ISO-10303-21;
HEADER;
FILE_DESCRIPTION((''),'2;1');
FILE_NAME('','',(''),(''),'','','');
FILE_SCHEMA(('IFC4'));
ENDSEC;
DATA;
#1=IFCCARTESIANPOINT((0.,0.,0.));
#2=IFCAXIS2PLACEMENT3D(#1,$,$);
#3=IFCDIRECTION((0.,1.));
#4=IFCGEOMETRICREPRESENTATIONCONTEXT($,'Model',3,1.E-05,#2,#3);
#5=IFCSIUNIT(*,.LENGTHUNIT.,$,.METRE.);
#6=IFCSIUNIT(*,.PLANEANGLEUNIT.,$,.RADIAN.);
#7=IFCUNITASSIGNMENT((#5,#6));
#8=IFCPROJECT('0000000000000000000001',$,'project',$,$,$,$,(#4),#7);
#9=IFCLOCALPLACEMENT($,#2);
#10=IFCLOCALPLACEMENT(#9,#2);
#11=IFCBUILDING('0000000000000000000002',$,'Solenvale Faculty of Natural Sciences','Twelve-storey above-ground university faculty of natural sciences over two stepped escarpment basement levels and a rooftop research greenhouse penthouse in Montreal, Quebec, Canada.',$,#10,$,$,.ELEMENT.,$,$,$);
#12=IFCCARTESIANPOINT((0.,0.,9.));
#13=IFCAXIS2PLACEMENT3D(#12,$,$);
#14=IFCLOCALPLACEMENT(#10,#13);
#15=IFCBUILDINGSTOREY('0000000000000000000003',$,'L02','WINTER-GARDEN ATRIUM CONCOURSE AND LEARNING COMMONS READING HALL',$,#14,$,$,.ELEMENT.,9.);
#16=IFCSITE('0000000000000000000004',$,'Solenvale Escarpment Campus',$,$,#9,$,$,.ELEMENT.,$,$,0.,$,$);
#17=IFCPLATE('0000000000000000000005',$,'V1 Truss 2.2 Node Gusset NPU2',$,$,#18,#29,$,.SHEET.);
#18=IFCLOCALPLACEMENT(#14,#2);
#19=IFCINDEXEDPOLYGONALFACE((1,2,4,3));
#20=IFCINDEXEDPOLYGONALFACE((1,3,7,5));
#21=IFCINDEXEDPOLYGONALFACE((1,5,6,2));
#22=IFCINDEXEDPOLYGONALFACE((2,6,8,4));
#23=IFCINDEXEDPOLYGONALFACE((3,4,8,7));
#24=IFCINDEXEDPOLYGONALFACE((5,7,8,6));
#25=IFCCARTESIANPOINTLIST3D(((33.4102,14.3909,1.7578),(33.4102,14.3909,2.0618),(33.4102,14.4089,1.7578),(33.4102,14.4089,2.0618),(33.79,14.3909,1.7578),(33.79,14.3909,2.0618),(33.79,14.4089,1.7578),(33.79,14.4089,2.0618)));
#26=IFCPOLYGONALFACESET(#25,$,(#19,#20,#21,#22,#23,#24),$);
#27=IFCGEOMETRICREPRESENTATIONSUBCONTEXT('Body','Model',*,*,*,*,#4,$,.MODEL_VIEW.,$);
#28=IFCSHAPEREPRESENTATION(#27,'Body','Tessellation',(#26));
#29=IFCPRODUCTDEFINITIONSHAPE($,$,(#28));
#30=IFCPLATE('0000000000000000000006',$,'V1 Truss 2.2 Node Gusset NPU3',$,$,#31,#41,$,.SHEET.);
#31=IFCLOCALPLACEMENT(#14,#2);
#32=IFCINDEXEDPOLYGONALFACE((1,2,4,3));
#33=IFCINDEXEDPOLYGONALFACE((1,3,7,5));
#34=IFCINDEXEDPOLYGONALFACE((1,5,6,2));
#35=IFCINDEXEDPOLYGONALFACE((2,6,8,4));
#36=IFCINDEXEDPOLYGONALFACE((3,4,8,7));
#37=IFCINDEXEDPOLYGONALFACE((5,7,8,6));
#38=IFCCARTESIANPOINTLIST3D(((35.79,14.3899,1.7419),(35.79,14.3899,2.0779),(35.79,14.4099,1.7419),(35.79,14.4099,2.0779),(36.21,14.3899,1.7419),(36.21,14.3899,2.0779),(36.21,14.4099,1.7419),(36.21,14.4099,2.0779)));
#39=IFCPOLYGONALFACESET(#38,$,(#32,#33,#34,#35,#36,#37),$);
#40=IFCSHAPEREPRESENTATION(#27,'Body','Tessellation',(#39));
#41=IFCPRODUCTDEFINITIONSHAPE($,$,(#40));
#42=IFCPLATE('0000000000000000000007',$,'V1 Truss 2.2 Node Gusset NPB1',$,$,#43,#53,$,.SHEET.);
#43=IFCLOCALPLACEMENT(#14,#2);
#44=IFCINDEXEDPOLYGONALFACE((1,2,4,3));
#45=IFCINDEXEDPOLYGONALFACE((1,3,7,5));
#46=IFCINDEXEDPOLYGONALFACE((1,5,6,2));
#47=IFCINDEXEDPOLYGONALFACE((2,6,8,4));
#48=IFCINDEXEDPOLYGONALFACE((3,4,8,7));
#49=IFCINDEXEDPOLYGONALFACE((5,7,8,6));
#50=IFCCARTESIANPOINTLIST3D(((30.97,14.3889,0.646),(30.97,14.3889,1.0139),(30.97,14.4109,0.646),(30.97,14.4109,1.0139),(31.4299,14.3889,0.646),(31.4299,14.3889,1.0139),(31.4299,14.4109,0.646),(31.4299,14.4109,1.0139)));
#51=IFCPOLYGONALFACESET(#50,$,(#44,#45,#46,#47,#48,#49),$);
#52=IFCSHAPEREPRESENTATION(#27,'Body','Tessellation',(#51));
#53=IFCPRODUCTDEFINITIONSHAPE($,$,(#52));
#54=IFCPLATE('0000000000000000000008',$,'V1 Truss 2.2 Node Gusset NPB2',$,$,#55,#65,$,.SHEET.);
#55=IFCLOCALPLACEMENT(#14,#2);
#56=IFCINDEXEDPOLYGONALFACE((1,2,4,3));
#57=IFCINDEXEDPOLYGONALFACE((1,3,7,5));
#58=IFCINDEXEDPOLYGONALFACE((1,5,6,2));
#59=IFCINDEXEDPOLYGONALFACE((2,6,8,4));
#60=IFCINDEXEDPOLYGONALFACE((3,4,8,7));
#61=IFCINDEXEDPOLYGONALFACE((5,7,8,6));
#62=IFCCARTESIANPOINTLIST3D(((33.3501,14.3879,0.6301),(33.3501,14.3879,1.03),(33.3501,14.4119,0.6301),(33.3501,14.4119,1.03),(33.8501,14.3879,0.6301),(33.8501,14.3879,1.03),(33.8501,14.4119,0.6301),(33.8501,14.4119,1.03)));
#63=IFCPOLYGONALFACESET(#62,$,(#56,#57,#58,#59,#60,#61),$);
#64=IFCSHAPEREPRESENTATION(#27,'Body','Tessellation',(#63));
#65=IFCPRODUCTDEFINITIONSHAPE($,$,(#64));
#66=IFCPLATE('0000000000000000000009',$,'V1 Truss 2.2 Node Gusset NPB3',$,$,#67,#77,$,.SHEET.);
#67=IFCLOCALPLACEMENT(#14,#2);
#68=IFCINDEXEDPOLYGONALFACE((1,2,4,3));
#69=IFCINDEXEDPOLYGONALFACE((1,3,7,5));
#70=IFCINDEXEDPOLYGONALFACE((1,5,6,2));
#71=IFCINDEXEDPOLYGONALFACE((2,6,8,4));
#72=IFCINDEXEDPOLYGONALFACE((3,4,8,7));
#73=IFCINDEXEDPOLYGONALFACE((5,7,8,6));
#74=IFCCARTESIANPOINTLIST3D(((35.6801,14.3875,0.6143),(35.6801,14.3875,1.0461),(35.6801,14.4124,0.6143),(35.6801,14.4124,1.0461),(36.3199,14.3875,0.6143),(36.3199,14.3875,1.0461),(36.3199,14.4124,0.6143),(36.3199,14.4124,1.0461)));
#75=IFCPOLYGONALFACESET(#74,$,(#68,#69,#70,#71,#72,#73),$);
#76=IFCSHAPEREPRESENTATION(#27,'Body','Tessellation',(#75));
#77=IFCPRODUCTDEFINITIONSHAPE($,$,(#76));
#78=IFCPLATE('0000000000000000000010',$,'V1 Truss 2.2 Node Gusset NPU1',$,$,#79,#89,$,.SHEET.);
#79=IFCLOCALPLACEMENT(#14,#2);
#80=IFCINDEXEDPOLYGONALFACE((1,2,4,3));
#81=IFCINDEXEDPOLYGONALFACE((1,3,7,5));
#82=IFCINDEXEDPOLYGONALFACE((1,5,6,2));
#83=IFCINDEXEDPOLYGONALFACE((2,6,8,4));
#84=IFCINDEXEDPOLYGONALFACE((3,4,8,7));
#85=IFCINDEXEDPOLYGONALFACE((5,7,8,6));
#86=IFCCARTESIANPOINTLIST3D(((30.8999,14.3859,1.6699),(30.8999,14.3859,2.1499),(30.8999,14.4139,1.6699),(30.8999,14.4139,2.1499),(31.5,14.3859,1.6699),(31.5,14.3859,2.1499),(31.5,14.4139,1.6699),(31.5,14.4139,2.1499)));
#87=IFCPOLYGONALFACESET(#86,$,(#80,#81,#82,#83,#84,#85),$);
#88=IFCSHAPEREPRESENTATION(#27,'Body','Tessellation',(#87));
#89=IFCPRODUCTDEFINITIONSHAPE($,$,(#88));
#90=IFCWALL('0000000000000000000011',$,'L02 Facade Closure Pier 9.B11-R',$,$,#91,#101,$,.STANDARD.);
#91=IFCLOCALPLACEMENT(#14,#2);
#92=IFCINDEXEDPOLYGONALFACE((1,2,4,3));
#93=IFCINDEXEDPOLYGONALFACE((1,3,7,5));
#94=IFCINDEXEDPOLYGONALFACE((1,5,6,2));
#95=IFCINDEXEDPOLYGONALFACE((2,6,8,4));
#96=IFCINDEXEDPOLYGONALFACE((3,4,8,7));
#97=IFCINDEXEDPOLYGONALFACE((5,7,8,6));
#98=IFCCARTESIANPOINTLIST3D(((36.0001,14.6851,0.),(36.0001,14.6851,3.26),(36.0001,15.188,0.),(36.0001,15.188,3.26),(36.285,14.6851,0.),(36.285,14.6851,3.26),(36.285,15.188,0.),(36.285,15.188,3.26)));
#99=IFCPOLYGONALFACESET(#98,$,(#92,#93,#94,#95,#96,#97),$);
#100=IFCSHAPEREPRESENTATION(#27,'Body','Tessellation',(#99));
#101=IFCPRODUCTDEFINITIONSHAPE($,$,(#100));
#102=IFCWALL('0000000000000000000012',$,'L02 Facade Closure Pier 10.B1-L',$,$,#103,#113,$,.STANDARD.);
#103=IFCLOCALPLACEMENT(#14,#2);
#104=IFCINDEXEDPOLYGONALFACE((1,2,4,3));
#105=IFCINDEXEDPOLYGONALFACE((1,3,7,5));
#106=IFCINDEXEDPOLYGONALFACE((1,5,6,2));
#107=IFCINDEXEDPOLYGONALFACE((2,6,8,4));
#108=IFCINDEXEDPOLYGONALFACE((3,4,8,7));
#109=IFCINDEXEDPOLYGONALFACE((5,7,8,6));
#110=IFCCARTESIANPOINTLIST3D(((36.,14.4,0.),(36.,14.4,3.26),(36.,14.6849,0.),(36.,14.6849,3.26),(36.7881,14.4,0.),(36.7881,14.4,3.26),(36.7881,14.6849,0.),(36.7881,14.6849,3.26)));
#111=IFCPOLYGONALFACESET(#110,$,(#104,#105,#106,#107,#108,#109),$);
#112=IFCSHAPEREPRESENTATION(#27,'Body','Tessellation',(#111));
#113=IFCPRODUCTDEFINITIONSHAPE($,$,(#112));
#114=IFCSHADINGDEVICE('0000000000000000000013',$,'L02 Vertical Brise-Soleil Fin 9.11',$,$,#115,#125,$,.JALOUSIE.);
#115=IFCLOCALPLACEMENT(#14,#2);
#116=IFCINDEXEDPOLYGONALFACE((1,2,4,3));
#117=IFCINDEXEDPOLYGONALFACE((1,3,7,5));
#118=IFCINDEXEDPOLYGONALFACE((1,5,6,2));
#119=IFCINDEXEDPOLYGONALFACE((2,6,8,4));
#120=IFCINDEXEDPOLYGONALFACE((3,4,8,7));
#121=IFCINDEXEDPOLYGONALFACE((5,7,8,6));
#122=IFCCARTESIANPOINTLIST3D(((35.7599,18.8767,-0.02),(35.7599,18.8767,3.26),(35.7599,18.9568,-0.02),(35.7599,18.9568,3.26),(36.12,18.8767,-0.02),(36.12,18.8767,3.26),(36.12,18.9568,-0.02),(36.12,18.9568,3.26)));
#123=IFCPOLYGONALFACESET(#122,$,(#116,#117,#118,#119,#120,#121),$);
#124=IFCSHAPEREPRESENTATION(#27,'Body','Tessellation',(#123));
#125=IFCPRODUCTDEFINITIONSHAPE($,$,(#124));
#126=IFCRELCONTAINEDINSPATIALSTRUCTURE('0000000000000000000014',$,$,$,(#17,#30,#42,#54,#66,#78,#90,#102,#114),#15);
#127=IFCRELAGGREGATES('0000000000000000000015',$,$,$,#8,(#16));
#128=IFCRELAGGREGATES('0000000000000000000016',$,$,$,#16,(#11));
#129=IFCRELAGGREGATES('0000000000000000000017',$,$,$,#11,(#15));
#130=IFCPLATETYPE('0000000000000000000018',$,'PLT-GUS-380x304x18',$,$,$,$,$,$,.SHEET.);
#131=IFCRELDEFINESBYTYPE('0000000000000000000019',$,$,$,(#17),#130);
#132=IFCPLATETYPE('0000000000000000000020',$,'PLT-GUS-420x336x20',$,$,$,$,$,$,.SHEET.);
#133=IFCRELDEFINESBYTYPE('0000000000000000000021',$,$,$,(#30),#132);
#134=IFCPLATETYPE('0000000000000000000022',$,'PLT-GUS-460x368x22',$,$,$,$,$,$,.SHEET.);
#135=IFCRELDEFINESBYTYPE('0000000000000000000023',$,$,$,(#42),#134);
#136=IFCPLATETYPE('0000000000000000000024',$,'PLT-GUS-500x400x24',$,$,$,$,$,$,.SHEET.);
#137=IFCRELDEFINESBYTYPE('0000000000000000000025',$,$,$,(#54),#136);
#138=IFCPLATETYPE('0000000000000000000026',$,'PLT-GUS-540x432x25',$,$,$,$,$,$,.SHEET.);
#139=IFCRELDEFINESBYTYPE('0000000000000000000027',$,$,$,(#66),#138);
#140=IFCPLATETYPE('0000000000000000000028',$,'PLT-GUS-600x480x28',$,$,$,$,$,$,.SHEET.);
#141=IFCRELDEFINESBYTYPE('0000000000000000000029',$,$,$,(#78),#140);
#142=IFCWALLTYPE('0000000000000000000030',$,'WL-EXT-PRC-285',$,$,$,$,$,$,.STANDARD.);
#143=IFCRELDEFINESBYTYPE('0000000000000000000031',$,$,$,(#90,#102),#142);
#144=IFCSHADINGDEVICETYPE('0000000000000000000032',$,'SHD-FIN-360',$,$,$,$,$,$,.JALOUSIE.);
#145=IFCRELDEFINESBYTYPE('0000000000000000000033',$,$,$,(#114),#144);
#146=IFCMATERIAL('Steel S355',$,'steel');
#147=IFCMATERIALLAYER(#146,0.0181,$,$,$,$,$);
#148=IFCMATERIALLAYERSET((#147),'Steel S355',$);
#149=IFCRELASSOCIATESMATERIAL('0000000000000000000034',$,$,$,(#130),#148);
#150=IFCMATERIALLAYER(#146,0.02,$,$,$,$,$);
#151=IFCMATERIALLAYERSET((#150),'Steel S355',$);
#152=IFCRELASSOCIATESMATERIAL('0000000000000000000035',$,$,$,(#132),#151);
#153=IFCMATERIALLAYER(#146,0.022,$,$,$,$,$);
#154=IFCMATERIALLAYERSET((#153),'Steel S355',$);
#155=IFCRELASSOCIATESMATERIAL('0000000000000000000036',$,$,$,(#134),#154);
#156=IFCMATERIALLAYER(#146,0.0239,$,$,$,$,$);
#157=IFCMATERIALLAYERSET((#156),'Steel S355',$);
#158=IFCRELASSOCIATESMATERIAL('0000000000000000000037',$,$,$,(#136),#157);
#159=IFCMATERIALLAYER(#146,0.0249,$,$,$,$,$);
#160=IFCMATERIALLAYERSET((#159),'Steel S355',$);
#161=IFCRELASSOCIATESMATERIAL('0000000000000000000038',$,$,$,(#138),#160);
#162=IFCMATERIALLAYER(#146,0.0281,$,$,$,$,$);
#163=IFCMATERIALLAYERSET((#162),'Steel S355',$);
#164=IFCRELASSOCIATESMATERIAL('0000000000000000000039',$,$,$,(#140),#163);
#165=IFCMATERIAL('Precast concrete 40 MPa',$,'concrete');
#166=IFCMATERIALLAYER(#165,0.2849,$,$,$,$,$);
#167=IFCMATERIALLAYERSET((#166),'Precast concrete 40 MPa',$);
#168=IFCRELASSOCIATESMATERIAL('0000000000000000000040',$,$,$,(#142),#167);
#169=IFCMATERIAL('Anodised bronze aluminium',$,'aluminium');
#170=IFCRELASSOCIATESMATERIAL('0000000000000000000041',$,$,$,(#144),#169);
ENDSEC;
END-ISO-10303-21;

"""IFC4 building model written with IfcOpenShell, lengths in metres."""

from ifc_helpers import new_model, si_unit, direction, frame, frame_2d, origin, origin_2d, place, context, subcontext, project, spatial, rectangle, extrude, material, layer, layer_set, material_profile, profile_set, type_object, element, save


model = new_model("IFC4")

# Units and contexts
model_context = context("Model", 3, precision=1e-05, world=origin(), true_north=direction((0.0, 1.0)))
body_context = subcontext(model_context, "Body", "Model", "MODEL_VIEW")
ifc_project = project(units=[si_unit("LENGTHUNIT", "METRE"), si_unit("PLANEANGLEUNIT", "RADIAN")], contexts=[model_context])

# Site, building, storey
site_placement = place(None, origin())
site = spatial("IfcSite", under=ifc_project, at=site_placement, Name="Solenvale Escarpment Campus", CompositionType="ELEMENT", RefElevation=0.0)
building_placement = place(site_placement, origin())
building = spatial("IfcBuilding", under=site, at=building_placement, Name="Solenvale Faculty of Natural Sciences", Description="Twelve-storey above-ground university faculty of natural sciences over two stepped escarpment basement levels and a rooftop research greenhouse penthouse in Montreal, Quebec, Canada.", CompositionType="ELEMENT")
storey_placement = place(building_placement, frame((0.0, 0.0, 9.0)))
storey = spatial("IfcBuildingStorey", under=building, at=storey_placement, Name="L02", Description="WINTER-GARDEN ATRIUM CONCOURSE AND LEARNING COMMONS READING HALL", CompositionType="ELEMENT", Elevation=9.0)

# Shared definitions
ifc_material_1 = material(Name="Steel S355", Category="steel")

# Shared definitions
ifc_material_2 = material(Name="Anodised bronze aluminium", Category="aluminium")

# Plates
ifc_layer_1 = layer(ifc_material_1, 0.0181)
ifc_layer_set_1 = layer_set([ifc_layer_1], Name="Steel S355")
plate_type_1 = type_object("IfcPlateType", Name="PLT-GUS-380x304x18", PredefinedType="SHEET", material=ifc_layer_set_1)
plate_1_placement = place(storey_placement, frame((33.6001, 14.3999, 1.7578), z_axis=(0.0, 0.0, 1.0), x_axis=(1.0, 0.0, 0.0)))
element("IfcPlate", 1, at=plate_1_placement, inside=storey, type_object=plate_type_1, Name="V1 Truss 2.2 Node Gusset NPU2", PredefinedType="SHEET", context=body_context, shape_type="SweptSolid", body=[
    extrude(rectangle(XDim=0.3799, YDim=0.0181, at=origin_2d()), origin(), (0.0, 0.0, 1.0), 0.304),
])
ifc_layer_2 = layer(ifc_material_1, 0.02)
ifc_layer_set_2 = layer_set([ifc_layer_2], Name="Steel S355")
plate_type_2 = type_object("IfcPlateType", Name="PLT-GUS-420x336x20", PredefinedType="SHEET", material=ifc_layer_set_2)
plate_2_placement = place(storey_placement, frame((36.0, 14.3999, 1.7419), z_axis=(0.0, 0.0, 1.0), x_axis=(1.0, 0.0, 0.0)))
element("IfcPlate", 2, at=plate_2_placement, inside=storey, type_object=plate_type_2, Name="V1 Truss 2.2 Node Gusset NPU3", PredefinedType="SHEET", context=body_context, shape_type="SweptSolid", body=[
    extrude(rectangle(XDim=0.4199, YDim=0.02, at=origin_2d()), origin(), (0.0, 0.0, 1.0), 0.3359),
])
ifc_layer_3 = layer(ifc_material_1, 0.022)
ifc_layer_set_3 = layer_set([ifc_layer_3], Name="Steel S355")
plate_type_3 = type_object("IfcPlateType", Name="PLT-GUS-460x368x22", PredefinedType="SHEET", material=ifc_layer_set_3)
plate_3_placement = place(storey_placement, frame((31.2, 14.3999, 0.646), z_axis=(0.0, 0.0, 1.0), x_axis=(1.0, 0.0, 0.0)))
element("IfcPlate", 3, at=plate_3_placement, inside=storey, type_object=plate_type_3, Name="V1 Truss 2.2 Node Gusset NPB1", PredefinedType="SHEET", context=body_context, shape_type="SweptSolid", body=[
    extrude(rectangle(XDim=0.46, YDim=0.022, at=origin_2d()), origin(), (0.0, 0.0, 1.0), 0.3679),
])
ifc_layer_4 = layer(ifc_material_1, 0.0239)
ifc_layer_set_4 = layer_set([ifc_layer_4], Name="Steel S355")
plate_type_4 = type_object("IfcPlateType", Name="PLT-GUS-500x400x24", PredefinedType="SHEET", material=ifc_layer_set_4)
plate_4_placement = place(storey_placement, frame((33.6001, 14.3999, 0.6301), z_axis=(0.0, 0.0, 1.0), x_axis=(1.0, 0.0, 0.0)))
element("IfcPlate", 4, at=plate_4_placement, inside=storey, type_object=plate_type_4, Name="V1 Truss 2.2 Node Gusset NPB2", PredefinedType="SHEET", context=body_context, shape_type="SweptSolid", body=[
    extrude(rectangle(XDim=0.5, YDim=0.0239, at=origin_2d()), origin(), (0.0, 0.0, 1.0), 0.3999),
])
ifc_layer_5 = layer(ifc_material_1, 0.0249)
ifc_layer_set_5 = layer_set([ifc_layer_5], Name="Steel S355")
plate_type_5 = type_object("IfcPlateType", Name="PLT-GUS-540x432x25", PredefinedType="SHEET", material=ifc_layer_set_5)
plate_5_placement = place(storey_placement, frame((36.0, 14.3999, 0.6143), z_axis=(0.0, 0.0, 1.0), x_axis=(1.0, 0.0, 0.0)))
element("IfcPlate", 5, at=plate_5_placement, inside=storey, type_object=plate_type_5, Name="V1 Truss 2.2 Node Gusset NPB3", PredefinedType="SHEET", context=body_context, shape_type="SweptSolid", body=[
    extrude(rectangle(XDim=0.6399, YDim=0.0249, at=origin_2d()), origin(), (0.0, 0.0, 1.0), 0.4319),
])
ifc_layer_6 = layer(ifc_material_1, 0.0281)
ifc_layer_set_6 = layer_set([ifc_layer_6], Name="Steel S355")
plate_type_6 = type_object("IfcPlateType", Name="PLT-GUS-600x480x28", PredefinedType="SHEET", material=ifc_layer_set_6)
plate_6_placement = place(storey_placement, frame((31.2, 14.3999, 1.6699), z_axis=(0.0, 0.0, 1.0), x_axis=(1.0, 0.0, 0.0)))
element("IfcPlate", 6, at=plate_6_placement, inside=storey, type_object=plate_type_6, Name="V1 Truss 2.2 Node Gusset NPU1", PredefinedType="SHEET", context=body_context, shape_type="SweptSolid", body=[
    extrude(rectangle(XDim=0.6001, YDim=0.0281, at=origin_2d()), origin(), (0.0, 0.0, 1.0), 0.48),
])

# Walls
ifc_material_3 = material(Name="Precast concrete 40 MPa", Category="concrete")
ifc_layer_7 = layer(ifc_material_3, 0.2849)
ifc_layer_set_7 = layer_set([ifc_layer_7], Name="Precast concrete 40 MPa")
wall_type = type_object("IfcWallType", Name="WL-EXT-PRC-285", PredefinedType="STANDARD", material=ifc_layer_set_7)
wall_1_placement = place(storey_placement, frame((36.1426, 15.188, 0.0), z_axis=(0.0, 0.0, 1.0), x_axis=(0.0, -1.0, 0.0)))
element("IfcWall", 7, at=wall_1_placement, inside=storey, type_object=wall_type, Name="L02 Facade Closure Pier 9.B11-R", PredefinedType="STANDARD", context=body_context, shape_type="SweptSolid", body=[
    extrude(rectangle(XDim=0.5029, YDim=0.2849, at=frame_2d((0.2515, 0.0))), origin(), (0.0, 0.0, 1.0), 3.26),
])
wall_2_placement = place(storey_placement, frame((36.0, 14.5425, 0.0), z_axis=(0.0, 0.0, 1.0), x_axis=(1.0, 0.0, 0.0)))
element("IfcWall", 8, at=wall_2_placement, inside=storey, type_object=wall_type, Name="L02 Facade Closure Pier 10.B1-L", PredefinedType="STANDARD", context=body_context, shape_type="SweptSolid", body=[
    extrude(rectangle(XDim=0.7881, YDim=0.2849, at=frame_2d((0.394, 0.0))), origin(), (0.0, 0.0, 1.0), 3.26),
])

# Shading device
ifc_material_profile_1 = material_profile(ifc_material_2, rectangle(XDim=0.0801, YDim=0.3601, at=origin_2d()), Name="ALU-FIN-80x360")
ifc_profile_set_1 = profile_set([ifc_material_profile_1], Name="Anodised bronze aluminium")
shading_device_type = type_object("IfcShadingDeviceType", Name="SHD-FIN-360", PredefinedType="JALOUSIE", material=ifc_profile_set_1)
shading_device_placement = place(storey_placement, frame((35.9399, 18.9167, -0.02), z_axis=(0.0, 0.0, 1.0), x_axis=(0.0, 1.0, 0.0)))
element("IfcShadingDevice", 9, at=shading_device_placement, inside=storey, type_object=shading_device_type, Name="L02 Vertical Brise-Soleil Fin 9.11", PredefinedType="JALOUSIE", context=body_context, shape_type="SweptSolid", body=[
    extrude(rectangle(XDim=0.0801, YDim=0.3601, at=origin_2d()), origin(), (0.0, 0.0, 1.0), 3.28),
])

save(model, "model.ifc")
